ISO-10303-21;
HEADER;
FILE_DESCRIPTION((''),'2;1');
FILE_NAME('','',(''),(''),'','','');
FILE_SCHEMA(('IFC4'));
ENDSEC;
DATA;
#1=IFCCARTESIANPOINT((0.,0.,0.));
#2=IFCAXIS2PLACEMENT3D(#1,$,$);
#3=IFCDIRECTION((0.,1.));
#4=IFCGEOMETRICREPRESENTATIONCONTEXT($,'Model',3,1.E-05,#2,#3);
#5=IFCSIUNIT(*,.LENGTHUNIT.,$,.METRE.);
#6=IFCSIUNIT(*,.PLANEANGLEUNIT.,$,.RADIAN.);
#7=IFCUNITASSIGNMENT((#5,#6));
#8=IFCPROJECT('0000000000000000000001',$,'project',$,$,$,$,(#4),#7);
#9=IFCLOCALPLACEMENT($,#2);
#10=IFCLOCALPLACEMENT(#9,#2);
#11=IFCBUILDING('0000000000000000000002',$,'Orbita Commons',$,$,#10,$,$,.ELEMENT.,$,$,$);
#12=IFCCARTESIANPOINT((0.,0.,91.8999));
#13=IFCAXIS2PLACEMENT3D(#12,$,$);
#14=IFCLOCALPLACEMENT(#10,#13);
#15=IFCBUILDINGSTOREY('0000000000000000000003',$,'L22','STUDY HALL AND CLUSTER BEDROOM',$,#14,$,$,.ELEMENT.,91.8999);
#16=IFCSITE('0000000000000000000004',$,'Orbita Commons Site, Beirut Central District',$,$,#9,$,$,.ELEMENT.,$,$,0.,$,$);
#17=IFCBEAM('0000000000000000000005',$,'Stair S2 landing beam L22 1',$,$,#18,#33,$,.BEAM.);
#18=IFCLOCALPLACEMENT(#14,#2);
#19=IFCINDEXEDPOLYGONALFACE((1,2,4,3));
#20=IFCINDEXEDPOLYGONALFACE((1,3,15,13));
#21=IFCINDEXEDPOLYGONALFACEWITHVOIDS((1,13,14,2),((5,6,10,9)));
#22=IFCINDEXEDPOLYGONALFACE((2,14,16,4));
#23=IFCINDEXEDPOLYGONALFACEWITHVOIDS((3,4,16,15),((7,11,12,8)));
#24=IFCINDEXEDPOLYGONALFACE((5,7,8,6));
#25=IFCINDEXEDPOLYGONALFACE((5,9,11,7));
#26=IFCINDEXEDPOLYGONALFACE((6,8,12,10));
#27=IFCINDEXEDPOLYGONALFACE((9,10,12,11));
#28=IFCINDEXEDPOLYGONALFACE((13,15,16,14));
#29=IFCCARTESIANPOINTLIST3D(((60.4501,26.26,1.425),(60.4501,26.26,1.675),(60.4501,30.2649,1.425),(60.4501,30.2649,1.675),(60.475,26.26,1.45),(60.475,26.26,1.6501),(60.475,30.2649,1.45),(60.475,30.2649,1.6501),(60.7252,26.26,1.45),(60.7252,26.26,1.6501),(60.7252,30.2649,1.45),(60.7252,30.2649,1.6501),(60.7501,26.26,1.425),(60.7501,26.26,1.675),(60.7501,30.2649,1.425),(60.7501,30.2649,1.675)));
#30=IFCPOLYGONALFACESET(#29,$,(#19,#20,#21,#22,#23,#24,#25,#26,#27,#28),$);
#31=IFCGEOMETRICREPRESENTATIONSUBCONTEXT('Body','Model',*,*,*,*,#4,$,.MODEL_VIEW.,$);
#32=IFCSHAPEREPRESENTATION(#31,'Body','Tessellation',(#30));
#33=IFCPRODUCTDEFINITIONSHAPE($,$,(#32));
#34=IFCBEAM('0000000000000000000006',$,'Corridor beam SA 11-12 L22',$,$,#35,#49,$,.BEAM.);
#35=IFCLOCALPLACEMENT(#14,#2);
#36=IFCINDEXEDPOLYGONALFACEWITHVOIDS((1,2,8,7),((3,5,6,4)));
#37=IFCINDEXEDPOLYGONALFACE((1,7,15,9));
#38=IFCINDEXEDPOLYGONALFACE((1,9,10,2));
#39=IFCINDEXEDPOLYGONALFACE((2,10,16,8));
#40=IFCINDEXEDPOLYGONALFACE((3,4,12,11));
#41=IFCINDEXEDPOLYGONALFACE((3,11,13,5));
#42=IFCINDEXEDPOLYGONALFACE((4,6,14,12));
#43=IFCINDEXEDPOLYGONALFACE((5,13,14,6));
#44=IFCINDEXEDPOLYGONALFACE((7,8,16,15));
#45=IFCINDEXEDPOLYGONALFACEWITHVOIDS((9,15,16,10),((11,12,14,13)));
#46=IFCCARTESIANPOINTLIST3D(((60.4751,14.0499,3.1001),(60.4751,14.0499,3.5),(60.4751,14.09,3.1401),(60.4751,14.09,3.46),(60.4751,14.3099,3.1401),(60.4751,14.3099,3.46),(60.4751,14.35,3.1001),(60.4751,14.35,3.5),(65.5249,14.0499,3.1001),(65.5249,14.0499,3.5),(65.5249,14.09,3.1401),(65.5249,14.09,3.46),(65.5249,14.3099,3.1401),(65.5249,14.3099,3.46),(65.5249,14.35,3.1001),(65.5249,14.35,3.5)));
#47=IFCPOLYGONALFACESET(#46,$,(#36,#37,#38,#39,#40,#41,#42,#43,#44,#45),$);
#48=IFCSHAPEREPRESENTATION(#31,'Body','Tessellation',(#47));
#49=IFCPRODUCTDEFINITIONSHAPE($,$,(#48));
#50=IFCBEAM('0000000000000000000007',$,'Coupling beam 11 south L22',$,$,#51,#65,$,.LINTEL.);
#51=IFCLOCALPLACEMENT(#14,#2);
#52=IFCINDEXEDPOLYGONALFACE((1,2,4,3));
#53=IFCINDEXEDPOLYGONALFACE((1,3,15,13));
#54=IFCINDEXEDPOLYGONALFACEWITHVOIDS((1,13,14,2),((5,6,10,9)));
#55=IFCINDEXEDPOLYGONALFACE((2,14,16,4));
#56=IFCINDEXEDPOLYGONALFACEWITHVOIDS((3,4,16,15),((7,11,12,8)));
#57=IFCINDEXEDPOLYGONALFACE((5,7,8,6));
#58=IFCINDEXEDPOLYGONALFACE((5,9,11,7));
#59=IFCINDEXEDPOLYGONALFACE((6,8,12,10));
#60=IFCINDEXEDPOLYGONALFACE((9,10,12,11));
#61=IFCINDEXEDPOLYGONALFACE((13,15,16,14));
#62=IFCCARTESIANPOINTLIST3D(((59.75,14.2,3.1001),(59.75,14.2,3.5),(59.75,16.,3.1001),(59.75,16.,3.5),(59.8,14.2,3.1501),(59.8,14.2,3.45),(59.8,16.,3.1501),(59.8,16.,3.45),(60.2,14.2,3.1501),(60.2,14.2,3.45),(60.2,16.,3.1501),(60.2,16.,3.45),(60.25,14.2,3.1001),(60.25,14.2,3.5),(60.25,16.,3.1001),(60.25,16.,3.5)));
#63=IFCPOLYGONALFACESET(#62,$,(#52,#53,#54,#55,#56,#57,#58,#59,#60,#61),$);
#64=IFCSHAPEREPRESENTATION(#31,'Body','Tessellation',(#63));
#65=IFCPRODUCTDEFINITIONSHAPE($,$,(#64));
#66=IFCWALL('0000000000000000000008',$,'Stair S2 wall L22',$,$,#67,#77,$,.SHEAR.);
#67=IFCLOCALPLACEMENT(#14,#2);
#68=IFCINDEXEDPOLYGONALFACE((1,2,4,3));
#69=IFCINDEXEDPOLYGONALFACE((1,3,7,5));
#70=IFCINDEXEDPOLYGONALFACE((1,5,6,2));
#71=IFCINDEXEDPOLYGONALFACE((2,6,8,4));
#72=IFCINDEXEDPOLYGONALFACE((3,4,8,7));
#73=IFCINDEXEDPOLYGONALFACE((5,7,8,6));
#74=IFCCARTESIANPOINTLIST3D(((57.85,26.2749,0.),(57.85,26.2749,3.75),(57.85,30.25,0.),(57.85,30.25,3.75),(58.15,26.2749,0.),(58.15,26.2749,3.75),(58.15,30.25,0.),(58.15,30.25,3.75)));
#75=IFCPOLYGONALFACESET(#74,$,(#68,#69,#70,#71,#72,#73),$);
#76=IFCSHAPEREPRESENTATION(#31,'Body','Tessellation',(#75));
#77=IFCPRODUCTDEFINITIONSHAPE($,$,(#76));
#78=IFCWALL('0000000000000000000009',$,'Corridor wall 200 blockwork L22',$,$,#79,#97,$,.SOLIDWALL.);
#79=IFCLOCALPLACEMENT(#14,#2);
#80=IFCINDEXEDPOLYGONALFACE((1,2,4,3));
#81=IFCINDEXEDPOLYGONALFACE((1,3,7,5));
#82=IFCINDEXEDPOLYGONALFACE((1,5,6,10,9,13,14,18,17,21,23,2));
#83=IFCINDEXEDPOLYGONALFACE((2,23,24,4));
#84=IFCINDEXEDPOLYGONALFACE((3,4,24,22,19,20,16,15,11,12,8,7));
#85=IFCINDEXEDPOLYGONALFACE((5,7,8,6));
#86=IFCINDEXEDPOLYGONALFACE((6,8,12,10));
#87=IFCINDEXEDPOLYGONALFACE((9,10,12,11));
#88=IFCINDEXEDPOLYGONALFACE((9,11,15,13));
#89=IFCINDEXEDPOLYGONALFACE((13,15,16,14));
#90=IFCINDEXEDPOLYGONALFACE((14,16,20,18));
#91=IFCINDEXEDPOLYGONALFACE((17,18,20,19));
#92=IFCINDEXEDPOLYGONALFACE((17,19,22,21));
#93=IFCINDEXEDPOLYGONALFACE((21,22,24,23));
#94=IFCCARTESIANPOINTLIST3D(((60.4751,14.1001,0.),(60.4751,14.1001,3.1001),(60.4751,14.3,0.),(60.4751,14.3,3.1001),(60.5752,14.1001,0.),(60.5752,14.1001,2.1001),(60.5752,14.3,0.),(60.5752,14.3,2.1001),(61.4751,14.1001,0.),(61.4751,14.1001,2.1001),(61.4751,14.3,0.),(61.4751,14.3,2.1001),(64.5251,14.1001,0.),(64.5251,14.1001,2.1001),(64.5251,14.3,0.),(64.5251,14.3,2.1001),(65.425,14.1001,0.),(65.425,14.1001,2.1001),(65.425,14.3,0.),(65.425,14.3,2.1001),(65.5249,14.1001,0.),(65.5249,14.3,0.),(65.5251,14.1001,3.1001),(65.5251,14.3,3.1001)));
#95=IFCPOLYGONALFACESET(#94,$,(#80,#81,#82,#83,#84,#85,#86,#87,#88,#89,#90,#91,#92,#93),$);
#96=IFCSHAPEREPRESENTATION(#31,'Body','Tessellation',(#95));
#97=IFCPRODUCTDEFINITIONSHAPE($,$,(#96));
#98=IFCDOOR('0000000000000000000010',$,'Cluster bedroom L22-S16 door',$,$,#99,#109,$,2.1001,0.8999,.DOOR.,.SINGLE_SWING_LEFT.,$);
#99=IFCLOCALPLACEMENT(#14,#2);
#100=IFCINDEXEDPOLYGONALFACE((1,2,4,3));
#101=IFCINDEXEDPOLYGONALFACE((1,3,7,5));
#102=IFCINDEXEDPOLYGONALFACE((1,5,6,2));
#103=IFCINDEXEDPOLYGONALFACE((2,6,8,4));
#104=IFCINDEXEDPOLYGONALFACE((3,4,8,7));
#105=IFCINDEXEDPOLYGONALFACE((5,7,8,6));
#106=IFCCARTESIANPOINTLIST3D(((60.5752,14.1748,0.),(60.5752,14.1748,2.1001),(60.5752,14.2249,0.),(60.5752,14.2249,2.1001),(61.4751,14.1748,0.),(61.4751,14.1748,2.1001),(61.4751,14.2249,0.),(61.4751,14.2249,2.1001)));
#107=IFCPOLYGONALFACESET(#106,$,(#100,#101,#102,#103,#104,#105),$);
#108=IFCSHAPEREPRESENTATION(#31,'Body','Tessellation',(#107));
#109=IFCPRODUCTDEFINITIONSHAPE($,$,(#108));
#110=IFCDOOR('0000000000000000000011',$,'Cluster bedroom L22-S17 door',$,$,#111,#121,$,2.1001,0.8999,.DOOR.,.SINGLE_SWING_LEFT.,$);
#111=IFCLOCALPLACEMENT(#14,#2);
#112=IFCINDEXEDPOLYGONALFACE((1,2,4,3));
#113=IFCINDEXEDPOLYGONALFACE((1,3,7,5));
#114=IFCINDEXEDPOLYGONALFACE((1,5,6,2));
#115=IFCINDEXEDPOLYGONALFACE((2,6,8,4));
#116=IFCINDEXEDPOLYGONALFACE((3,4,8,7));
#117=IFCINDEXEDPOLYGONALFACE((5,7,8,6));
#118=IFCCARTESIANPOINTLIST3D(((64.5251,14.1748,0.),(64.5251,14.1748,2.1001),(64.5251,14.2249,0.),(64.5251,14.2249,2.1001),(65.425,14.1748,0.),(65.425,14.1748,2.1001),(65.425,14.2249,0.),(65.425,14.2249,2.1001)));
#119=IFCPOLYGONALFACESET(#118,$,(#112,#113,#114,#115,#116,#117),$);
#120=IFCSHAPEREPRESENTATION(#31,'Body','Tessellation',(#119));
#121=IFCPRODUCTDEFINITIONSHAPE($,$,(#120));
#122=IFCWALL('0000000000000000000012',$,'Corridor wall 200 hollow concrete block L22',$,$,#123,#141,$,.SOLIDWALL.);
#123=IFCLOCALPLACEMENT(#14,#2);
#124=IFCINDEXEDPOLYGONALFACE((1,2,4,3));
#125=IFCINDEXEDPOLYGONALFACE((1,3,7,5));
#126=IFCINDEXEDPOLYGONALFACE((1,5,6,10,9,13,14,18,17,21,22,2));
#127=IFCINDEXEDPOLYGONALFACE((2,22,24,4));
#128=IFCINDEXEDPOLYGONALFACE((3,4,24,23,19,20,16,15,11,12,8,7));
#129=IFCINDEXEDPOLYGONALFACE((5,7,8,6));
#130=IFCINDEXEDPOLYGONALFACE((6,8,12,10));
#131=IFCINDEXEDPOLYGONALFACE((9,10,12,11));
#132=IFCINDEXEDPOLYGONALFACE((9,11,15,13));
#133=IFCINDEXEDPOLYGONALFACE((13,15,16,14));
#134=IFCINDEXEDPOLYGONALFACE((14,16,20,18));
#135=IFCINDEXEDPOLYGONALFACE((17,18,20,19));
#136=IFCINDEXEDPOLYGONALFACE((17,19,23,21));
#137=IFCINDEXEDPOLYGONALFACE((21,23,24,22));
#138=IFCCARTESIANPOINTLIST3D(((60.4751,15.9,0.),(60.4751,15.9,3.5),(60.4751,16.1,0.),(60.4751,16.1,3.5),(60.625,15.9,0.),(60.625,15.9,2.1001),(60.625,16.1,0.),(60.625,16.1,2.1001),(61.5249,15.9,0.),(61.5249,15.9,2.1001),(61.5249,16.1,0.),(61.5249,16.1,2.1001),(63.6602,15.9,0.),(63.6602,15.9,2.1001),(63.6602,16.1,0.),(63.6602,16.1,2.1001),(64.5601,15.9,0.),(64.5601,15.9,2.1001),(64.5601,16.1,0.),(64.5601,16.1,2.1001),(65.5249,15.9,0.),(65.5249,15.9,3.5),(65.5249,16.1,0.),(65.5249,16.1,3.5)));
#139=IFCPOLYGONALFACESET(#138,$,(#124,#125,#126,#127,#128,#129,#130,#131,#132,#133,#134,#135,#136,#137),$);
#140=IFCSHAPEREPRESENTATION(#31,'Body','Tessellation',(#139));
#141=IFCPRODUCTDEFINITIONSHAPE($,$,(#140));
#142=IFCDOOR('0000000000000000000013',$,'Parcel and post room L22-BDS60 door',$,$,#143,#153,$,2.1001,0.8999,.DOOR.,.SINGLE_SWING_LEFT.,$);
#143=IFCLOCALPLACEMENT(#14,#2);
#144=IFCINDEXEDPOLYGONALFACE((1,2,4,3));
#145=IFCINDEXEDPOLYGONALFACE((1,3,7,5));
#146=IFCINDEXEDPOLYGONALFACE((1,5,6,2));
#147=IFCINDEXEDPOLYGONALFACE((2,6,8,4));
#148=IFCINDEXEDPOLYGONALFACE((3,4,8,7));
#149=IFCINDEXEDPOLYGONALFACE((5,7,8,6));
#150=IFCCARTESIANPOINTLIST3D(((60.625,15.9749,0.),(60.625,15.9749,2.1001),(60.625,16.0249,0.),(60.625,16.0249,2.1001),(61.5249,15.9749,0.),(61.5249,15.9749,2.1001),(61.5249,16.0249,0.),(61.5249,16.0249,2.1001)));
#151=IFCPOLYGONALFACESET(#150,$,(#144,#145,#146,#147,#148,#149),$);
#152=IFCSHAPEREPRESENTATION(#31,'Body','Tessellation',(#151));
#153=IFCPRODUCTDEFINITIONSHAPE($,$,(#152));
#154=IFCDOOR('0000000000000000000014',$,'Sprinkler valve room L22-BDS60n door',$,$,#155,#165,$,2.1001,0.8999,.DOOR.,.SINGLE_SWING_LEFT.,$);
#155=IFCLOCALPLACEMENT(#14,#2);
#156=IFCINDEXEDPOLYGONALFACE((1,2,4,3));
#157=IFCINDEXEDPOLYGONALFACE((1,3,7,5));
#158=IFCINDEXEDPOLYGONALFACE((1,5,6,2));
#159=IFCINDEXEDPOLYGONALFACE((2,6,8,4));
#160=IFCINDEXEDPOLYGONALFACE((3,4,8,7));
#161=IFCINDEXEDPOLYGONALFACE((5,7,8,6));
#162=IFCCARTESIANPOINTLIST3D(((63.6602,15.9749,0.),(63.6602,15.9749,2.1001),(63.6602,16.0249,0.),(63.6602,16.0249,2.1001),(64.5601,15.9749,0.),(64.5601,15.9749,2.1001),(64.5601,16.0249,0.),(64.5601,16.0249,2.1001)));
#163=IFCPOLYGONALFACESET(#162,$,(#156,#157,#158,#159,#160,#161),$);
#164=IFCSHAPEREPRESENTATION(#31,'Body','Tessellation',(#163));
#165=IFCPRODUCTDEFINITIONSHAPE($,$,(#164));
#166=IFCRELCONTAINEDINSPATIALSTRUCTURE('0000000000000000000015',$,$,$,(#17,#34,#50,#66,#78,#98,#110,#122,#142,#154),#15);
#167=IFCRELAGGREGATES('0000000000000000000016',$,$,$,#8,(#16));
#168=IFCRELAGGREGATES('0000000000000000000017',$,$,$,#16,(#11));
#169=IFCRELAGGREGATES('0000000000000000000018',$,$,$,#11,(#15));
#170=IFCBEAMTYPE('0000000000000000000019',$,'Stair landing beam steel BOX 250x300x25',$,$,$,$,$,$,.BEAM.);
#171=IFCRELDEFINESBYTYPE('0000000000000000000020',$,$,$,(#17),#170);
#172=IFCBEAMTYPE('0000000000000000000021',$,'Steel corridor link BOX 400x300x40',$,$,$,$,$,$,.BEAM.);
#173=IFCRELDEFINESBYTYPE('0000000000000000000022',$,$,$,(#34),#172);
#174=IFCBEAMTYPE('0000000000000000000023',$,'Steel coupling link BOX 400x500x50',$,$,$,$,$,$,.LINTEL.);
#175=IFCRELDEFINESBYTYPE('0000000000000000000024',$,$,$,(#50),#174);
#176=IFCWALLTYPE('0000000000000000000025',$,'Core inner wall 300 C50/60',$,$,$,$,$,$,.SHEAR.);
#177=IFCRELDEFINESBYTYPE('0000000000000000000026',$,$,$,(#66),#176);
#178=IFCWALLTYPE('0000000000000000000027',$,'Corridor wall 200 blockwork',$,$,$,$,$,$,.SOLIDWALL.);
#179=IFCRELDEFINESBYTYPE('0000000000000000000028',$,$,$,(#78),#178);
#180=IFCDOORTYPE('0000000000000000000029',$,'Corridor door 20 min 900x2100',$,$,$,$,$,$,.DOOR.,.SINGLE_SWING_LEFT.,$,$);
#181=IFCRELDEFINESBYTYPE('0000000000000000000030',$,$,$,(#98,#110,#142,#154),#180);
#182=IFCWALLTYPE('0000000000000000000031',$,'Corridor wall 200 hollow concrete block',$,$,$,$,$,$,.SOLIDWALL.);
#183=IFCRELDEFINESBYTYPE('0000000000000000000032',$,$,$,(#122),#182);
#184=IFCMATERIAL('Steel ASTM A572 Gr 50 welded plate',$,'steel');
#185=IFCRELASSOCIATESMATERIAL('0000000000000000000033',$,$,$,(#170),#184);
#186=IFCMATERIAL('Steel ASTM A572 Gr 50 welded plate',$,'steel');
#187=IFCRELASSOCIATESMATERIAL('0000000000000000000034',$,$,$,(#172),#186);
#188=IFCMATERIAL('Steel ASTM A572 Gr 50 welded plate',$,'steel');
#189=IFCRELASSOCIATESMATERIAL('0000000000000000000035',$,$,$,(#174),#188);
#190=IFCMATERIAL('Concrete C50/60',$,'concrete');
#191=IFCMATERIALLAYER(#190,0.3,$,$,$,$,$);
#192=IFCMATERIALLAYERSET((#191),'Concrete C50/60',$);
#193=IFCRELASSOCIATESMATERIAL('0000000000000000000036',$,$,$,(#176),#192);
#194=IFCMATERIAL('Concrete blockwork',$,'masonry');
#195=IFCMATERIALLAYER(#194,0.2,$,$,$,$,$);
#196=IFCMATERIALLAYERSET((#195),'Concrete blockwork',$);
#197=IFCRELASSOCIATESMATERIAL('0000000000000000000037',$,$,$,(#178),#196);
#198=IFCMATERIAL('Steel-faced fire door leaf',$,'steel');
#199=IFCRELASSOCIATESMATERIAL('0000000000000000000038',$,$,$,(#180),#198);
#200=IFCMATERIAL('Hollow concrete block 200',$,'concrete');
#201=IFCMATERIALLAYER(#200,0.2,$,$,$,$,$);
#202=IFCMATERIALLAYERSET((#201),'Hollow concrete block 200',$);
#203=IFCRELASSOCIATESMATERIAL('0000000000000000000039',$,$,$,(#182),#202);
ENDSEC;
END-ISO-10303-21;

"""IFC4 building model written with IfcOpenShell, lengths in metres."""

from ifc_helpers import new_model, si_unit, direction, frame, frame_2d, origin, origin_2d, place, context, subcontext, project, spatial, polyline, rectangle, hollow_rectangle, outline, extrude, material, layer, layer_set, material_profile, profile_set, type_object, element, fill, save


model = new_model("IFC4")

# Units and contexts
model_context = context("Model", 3, precision=1e-05, world=origin(), true_north=direction((0.0, 1.0)))
body_context = subcontext(model_context, "Body", "Model", "MODEL_VIEW")
ifc_project = project(units=[si_unit("LENGTHUNIT", "METRE"), si_unit("PLANEANGLEUNIT", "RADIAN")], contexts=[model_context])

# Site, building, storey
site_placement = place(None, origin())
site = spatial("IfcSite", under=ifc_project, at=site_placement, Name="Orbita Commons Site, Beirut Central District", CompositionType="ELEMENT", RefElevation=0.0)
building_placement = place(site_placement, origin())
building = spatial("IfcBuilding", under=site, at=building_placement, Name="Orbita Commons", CompositionType="ELEMENT")
storey_placement = place(building_placement, frame((0.0, 0.0, 91.8999)))
storey = spatial("IfcBuildingStorey", under=building, at=storey_placement, Name="L22", Description="STUDY HALL AND CLUSTER BEDROOM", CompositionType="ELEMENT", Elevation=91.8999)

# Beams
ifc_material_1 = material(Name="Steel ASTM A572 Gr 50 welded plate", Category="steel")
ifc_material_profile_1 = material_profile(ifc_material_1, hollow_rectangle(XDim=0.3, YDim=0.25, WallThickness=0.0249, at=origin_2d()), Name="BOX 250x300x25")
ifc_profile_set_1 = profile_set([ifc_material_profile_1], Name="Steel ASTM A572 Gr 50 welded plate")
beam_type_1 = type_object("IfcBeamType", Name="Stair landing beam steel BOX 250x300x25", PredefinedType="BEAM", material=ifc_profile_set_1)
beam_1_placement = place(storey_placement, frame((60.6001, 26.26, 1.55), z_axis=(0.0, 1.0, 0.0), x_axis=(-1.0, 0.0, 0.0)))
element("IfcBeam", 1, at=beam_1_placement, inside=storey, type_object=beam_type_1, Name="Stair S2 landing beam L22 1", PredefinedType="BEAM", context=body_context, shape_type="SweptSolid", body=[
    extrude(hollow_rectangle(XDim=0.3, YDim=0.25, WallThickness=0.0249, at=origin_2d()), origin(), (0.0, 0.0, 1.0), 4.0049),
])
ifc_material_2 = material(Name="Steel ASTM A572 Gr 50 welded plate", Category="steel")
ifc_material_profile_2 = material_profile(ifc_material_2, hollow_rectangle(XDim=0.3, YDim=0.3999, WallThickness=0.04, at=origin_2d()), Name="BOX 400x300x40")
ifc_profile_set_2 = profile_set([ifc_material_profile_2], Name="Steel ASTM A572 Gr 50 welded plate")
beam_type_2 = type_object("IfcBeamType", Name="Steel corridor link BOX 400x300x40", PredefinedType="BEAM", material=ifc_profile_set_2)
beam_2_placement = place(storey_placement, frame((60.4751, 14.2, 3.3), z_axis=(1.0, 0.0, 0.0), x_axis=(0.0, 1.0, 0.0)))
element("IfcBeam", 2, at=beam_2_placement, inside=storey, type_object=beam_type_2, Name="Corridor beam SA 11-12 L22", PredefinedType="BEAM", context=body_context, shape_type="SweptSolid", body=[
    extrude(hollow_rectangle(XDim=0.3, YDim=0.3999, WallThickness=0.04, at=origin_2d()), origin(), (0.0, 0.0, 1.0), 5.0498),
])
ifc_material_3 = material(Name="Steel ASTM A572 Gr 50 welded plate", Category="steel")
ifc_material_profile_3 = material_profile(ifc_material_3, hollow_rectangle(XDim=0.5, YDim=0.3999, WallThickness=0.05, at=origin_2d()), Name="BOX 400x500x50")
ifc_profile_set_3 = profile_set([ifc_material_profile_3], Name="Steel ASTM A572 Gr 50 welded plate")
beam_type_3 = type_object("IfcBeamType", Name="Steel coupling link BOX 400x500x50", PredefinedType="LINTEL", material=ifc_profile_set_3)
beam_3_placement = place(storey_placement, frame((60.0, 14.2, 3.3), z_axis=(0.0, 1.0, 0.0), x_axis=(-1.0, 0.0, 0.0)))
element("IfcBeam", 3, at=beam_3_placement, inside=storey, type_object=beam_type_3, Name="Coupling beam 11 south L22", PredefinedType="LINTEL", context=body_context, shape_type="SweptSolid", body=[
    extrude(hollow_rectangle(XDim=0.5, YDim=0.3999, WallThickness=0.05, at=origin_2d()), origin(), (0.0, 0.0, 1.0), 1.8),
])

# Wall
ifc_material_4 = material(Name="Concrete C50/60", Category="concrete")
ifc_layer_1 = layer(ifc_material_4, 0.3)
ifc_layer_set_1 = layer_set([ifc_layer_1], Name="Concrete C50/60")
wall_type_1 = type_object("IfcWallType", Name="Core inner wall 300 C50/60", PredefinedType="SHEAR", material=ifc_layer_set_1)
wall_1_placement = place(storey_placement, frame((58.0, 26.2749, 0.0), z_axis=(0.0, 0.0, 1.0), x_axis=(0.0, 1.0, 0.0)))
element("IfcWall", 4, at=wall_1_placement, inside=storey, type_object=wall_type_1, Name="Stair S2 wall L22", PredefinedType="SHEAR", context=body_context, shape_type="SweptSolid", body=[
    extrude(rectangle(XDim=3.9751, YDim=0.3, at=frame_2d((1.9875, 0.0))), origin(), (0.0, 0.0, 1.0), 3.75),
])

# Walls, openings, doors
ifc_material_5 = material(Name="Concrete blockwork", Category="masonry")
ifc_layer_2 = layer(ifc_material_5, 0.2)
ifc_layer_set_2 = layer_set([ifc_layer_2], Name="Concrete blockwork")
wall_type_2 = type_object("IfcWallType", Name="Corridor wall 200 blockwork", PredefinedType="SOLIDWALL", material=ifc_layer_set_2)
wall_2_placement = place(storey_placement, frame((60.4751, 14.2, 0.0), z_axis=(0.0, 0.0, 1.0), x_axis=(1.0, 0.0, 0.0)))
wall_2 = element("IfcWall", 5, at=wall_2_placement, inside=storey, type_object=wall_type_2, Name="Corridor wall 200 blockwork L22", PredefinedType="SOLIDWALL", context=body_context, shape_type="SweptSolid", body=[
    extrude(outline(polyline([(0.0, 0.0), (5.0498, 0.0), (5.05, 3.1001), (0.0, 3.1001), (0.0, 0.0)])), frame((0.0, 0.1001, 0.0), z_axis=(0.0, -1.0, 0.0), x_axis=(1.0, 0.0, 0.0)), (0.0, 0.0, 1.0), 0.2),
])
opening_1_placement = place(wall_2_placement, frame((0.1001, 0.0, 0.0)))
opening_1 = element("IfcOpeningElement", 6, at=opening_1_placement, cuts=wall_2, PredefinedType="OPENING", context=body_context, shape_type="SweptSolid", body=[
    extrude(rectangle(XDim=0.8999, YDim=2.1001, at=frame_2d((0.45, 1.05))), frame((0.0, 0.1099, 0.0), z_axis=(0.0, -1.0, 0.0), x_axis=(1.0, 0.0, 0.0)), (0.0, 0.0, 1.0), 0.22),
])
opening_2_placement = place(wall_2_placement, frame((4.05, 0.0, 0.0)))
opening_2 = element("IfcOpeningElement", 7, at=opening_2_placement, cuts=wall_2, PredefinedType="OPENING", context=body_context, shape_type="SweptSolid", body=[
    extrude(rectangle(XDim=0.8999, YDim=2.1001, at=frame_2d((0.45, 1.05))), frame((0.0, 0.1099, 0.0), z_axis=(0.0, -1.0, 0.0), x_axis=(1.0, 0.0, 0.0)), (0.0, 0.0, 1.0), 0.22),
])
ifc_material_6 = material(Name="Steel-faced fire door leaf", Category="steel")
door_type_1 = type_object("IfcDoorType", Name="Corridor door 20 min 900x2100", OperationType="SINGLE_SWING_LEFT", PredefinedType="DOOR", material=ifc_material_6)
door_1_placement = place(opening_1_placement, origin())
door_1 = element("IfcDoor", 8, at=door_1_placement, inside=storey, type_object=door_type_1, Name="Cluster bedroom L22-S16 door", OperationType="SINGLE_SWING_LEFT", OverallHeight=2.1001, OverallWidth=0.8999, PredefinedType="DOOR", context=body_context, shape_type="SweptSolid", body=[
    extrude(rectangle(XDim=0.8999, YDim=2.1001, at=frame_2d((0.45, 1.05))), frame((0.0, 0.0249, 0.0), z_axis=(0.0, -1.0, 0.0), x_axis=(1.0, 0.0, 0.0)), (0.0, 0.0, 1.0), 0.05),
])
fill(opening_1, door_1)
door_2_placement = place(opening_2_placement, origin())
door_2 = element("IfcDoor", 9, at=door_2_placement, inside=storey, type_object=door_type_1, Name="Cluster bedroom L22-S17 door", OperationType="SINGLE_SWING_LEFT", OverallHeight=2.1001, OverallWidth=0.8999, PredefinedType="DOOR", context=body_context, shape_type="SweptSolid", body=[
    extrude(rectangle(XDim=0.8999, YDim=2.1001, at=frame_2d((0.45, 1.05))), frame((0.0, 0.0249, 0.0), z_axis=(0.0, -1.0, 0.0), x_axis=(1.0, 0.0, 0.0)), (0.0, 0.0, 1.0), 0.05),
])
fill(opening_2, door_2)
ifc_material_7 = material(Name="Hollow concrete block 200", Category="concrete")
ifc_layer_3 = layer(ifc_material_7, 0.2)
ifc_layer_set_3 = layer_set([ifc_layer_3], Name="Hollow concrete block 200")
wall_type_3 = type_object("IfcWallType", Name="Corridor wall 200 hollow concrete block", PredefinedType="SOLIDWALL", material=ifc_layer_set_3)
wall_3_placement = place(storey_placement, frame((60.4751, 16.0, 0.0), z_axis=(0.0, 0.0, 1.0), x_axis=(1.0, 0.0, 0.0)))
wall_3 = element("IfcWall", 10, at=wall_3_placement, inside=storey, type_object=wall_type_3, Name="Corridor wall 200 hollow concrete block L22", PredefinedType="SOLIDWALL", context=body_context, shape_type="SweptSolid", body=[
    extrude(rectangle(XDim=5.0498, YDim=0.2, at=frame_2d((2.5249, 0.0))), origin(), (0.0, 0.0, 1.0), 3.5),
])
opening_3_placement = place(wall_3_placement, frame((0.1499, 0.0, 0.0)))
opening_3 = element("IfcOpeningElement", 11, at=opening_3_placement, cuts=wall_3, PredefinedType="OPENING", context=body_context, shape_type="SweptSolid", body=[
    extrude(rectangle(XDim=0.8999, YDim=2.1001, at=frame_2d((0.45, 1.05))), frame((0.0, 0.1099, 0.0), z_axis=(0.0, -1.0, 0.0), x_axis=(1.0, 0.0, 0.0)), (0.0, 0.0, 1.0), 0.22),
])
opening_4_placement = place(wall_3_placement, frame((3.1851, 0.0, 0.0)))
opening_4 = element("IfcOpeningElement", 12, at=opening_4_placement, cuts=wall_3, PredefinedType="OPENING", context=body_context, shape_type="SweptSolid", body=[
    extrude(rectangle(XDim=0.8999, YDim=2.1001, at=frame_2d((0.45, 1.05))), frame((0.0, 0.1099, 0.0), z_axis=(0.0, -1.0, 0.0), x_axis=(1.0, 0.0, 0.0)), (0.0, 0.0, 1.0), 0.22),
])
door_3_placement = place(opening_3_placement, origin())
door_3 = element("IfcDoor", 13, at=door_3_placement, inside=storey, type_object=door_type_1, Name="Parcel and post room L22-BDS60 door", OperationType="SINGLE_SWING_LEFT", OverallHeight=2.1001, OverallWidth=0.8999, PredefinedType="DOOR", context=body_context, shape_type="SweptSolid", body=[
    extrude(rectangle(XDim=0.8999, YDim=2.1001, at=frame_2d((0.45, 1.05))), frame((0.0, 0.0249, 0.0), z_axis=(0.0, -1.0, 0.0), x_axis=(1.0, 0.0, 0.0)), (0.0, 0.0, 1.0), 0.05),
])
fill(opening_3, door_3)
door_4_placement = place(opening_4_placement, origin())
door_4 = element("IfcDoor", 14, at=door_4_placement, inside=storey, type_object=door_type_1, Name="Sprinkler valve room L22-BDS60n door", OperationType="SINGLE_SWING_LEFT", OverallHeight=2.1001, OverallWidth=0.8999, PredefinedType="DOOR", context=body_context, shape_type="SweptSolid", body=[
    extrude(rectangle(XDim=0.8999, YDim=2.1001, at=frame_2d((0.45, 1.05))), frame((0.0, 0.0249, 0.0), z_axis=(0.0, -1.0, 0.0), x_axis=(1.0, 0.0, 0.0)), (0.0, 0.0, 1.0), 0.05),
])
fill(opening_4, door_4)

save(model, "model.ifc")
